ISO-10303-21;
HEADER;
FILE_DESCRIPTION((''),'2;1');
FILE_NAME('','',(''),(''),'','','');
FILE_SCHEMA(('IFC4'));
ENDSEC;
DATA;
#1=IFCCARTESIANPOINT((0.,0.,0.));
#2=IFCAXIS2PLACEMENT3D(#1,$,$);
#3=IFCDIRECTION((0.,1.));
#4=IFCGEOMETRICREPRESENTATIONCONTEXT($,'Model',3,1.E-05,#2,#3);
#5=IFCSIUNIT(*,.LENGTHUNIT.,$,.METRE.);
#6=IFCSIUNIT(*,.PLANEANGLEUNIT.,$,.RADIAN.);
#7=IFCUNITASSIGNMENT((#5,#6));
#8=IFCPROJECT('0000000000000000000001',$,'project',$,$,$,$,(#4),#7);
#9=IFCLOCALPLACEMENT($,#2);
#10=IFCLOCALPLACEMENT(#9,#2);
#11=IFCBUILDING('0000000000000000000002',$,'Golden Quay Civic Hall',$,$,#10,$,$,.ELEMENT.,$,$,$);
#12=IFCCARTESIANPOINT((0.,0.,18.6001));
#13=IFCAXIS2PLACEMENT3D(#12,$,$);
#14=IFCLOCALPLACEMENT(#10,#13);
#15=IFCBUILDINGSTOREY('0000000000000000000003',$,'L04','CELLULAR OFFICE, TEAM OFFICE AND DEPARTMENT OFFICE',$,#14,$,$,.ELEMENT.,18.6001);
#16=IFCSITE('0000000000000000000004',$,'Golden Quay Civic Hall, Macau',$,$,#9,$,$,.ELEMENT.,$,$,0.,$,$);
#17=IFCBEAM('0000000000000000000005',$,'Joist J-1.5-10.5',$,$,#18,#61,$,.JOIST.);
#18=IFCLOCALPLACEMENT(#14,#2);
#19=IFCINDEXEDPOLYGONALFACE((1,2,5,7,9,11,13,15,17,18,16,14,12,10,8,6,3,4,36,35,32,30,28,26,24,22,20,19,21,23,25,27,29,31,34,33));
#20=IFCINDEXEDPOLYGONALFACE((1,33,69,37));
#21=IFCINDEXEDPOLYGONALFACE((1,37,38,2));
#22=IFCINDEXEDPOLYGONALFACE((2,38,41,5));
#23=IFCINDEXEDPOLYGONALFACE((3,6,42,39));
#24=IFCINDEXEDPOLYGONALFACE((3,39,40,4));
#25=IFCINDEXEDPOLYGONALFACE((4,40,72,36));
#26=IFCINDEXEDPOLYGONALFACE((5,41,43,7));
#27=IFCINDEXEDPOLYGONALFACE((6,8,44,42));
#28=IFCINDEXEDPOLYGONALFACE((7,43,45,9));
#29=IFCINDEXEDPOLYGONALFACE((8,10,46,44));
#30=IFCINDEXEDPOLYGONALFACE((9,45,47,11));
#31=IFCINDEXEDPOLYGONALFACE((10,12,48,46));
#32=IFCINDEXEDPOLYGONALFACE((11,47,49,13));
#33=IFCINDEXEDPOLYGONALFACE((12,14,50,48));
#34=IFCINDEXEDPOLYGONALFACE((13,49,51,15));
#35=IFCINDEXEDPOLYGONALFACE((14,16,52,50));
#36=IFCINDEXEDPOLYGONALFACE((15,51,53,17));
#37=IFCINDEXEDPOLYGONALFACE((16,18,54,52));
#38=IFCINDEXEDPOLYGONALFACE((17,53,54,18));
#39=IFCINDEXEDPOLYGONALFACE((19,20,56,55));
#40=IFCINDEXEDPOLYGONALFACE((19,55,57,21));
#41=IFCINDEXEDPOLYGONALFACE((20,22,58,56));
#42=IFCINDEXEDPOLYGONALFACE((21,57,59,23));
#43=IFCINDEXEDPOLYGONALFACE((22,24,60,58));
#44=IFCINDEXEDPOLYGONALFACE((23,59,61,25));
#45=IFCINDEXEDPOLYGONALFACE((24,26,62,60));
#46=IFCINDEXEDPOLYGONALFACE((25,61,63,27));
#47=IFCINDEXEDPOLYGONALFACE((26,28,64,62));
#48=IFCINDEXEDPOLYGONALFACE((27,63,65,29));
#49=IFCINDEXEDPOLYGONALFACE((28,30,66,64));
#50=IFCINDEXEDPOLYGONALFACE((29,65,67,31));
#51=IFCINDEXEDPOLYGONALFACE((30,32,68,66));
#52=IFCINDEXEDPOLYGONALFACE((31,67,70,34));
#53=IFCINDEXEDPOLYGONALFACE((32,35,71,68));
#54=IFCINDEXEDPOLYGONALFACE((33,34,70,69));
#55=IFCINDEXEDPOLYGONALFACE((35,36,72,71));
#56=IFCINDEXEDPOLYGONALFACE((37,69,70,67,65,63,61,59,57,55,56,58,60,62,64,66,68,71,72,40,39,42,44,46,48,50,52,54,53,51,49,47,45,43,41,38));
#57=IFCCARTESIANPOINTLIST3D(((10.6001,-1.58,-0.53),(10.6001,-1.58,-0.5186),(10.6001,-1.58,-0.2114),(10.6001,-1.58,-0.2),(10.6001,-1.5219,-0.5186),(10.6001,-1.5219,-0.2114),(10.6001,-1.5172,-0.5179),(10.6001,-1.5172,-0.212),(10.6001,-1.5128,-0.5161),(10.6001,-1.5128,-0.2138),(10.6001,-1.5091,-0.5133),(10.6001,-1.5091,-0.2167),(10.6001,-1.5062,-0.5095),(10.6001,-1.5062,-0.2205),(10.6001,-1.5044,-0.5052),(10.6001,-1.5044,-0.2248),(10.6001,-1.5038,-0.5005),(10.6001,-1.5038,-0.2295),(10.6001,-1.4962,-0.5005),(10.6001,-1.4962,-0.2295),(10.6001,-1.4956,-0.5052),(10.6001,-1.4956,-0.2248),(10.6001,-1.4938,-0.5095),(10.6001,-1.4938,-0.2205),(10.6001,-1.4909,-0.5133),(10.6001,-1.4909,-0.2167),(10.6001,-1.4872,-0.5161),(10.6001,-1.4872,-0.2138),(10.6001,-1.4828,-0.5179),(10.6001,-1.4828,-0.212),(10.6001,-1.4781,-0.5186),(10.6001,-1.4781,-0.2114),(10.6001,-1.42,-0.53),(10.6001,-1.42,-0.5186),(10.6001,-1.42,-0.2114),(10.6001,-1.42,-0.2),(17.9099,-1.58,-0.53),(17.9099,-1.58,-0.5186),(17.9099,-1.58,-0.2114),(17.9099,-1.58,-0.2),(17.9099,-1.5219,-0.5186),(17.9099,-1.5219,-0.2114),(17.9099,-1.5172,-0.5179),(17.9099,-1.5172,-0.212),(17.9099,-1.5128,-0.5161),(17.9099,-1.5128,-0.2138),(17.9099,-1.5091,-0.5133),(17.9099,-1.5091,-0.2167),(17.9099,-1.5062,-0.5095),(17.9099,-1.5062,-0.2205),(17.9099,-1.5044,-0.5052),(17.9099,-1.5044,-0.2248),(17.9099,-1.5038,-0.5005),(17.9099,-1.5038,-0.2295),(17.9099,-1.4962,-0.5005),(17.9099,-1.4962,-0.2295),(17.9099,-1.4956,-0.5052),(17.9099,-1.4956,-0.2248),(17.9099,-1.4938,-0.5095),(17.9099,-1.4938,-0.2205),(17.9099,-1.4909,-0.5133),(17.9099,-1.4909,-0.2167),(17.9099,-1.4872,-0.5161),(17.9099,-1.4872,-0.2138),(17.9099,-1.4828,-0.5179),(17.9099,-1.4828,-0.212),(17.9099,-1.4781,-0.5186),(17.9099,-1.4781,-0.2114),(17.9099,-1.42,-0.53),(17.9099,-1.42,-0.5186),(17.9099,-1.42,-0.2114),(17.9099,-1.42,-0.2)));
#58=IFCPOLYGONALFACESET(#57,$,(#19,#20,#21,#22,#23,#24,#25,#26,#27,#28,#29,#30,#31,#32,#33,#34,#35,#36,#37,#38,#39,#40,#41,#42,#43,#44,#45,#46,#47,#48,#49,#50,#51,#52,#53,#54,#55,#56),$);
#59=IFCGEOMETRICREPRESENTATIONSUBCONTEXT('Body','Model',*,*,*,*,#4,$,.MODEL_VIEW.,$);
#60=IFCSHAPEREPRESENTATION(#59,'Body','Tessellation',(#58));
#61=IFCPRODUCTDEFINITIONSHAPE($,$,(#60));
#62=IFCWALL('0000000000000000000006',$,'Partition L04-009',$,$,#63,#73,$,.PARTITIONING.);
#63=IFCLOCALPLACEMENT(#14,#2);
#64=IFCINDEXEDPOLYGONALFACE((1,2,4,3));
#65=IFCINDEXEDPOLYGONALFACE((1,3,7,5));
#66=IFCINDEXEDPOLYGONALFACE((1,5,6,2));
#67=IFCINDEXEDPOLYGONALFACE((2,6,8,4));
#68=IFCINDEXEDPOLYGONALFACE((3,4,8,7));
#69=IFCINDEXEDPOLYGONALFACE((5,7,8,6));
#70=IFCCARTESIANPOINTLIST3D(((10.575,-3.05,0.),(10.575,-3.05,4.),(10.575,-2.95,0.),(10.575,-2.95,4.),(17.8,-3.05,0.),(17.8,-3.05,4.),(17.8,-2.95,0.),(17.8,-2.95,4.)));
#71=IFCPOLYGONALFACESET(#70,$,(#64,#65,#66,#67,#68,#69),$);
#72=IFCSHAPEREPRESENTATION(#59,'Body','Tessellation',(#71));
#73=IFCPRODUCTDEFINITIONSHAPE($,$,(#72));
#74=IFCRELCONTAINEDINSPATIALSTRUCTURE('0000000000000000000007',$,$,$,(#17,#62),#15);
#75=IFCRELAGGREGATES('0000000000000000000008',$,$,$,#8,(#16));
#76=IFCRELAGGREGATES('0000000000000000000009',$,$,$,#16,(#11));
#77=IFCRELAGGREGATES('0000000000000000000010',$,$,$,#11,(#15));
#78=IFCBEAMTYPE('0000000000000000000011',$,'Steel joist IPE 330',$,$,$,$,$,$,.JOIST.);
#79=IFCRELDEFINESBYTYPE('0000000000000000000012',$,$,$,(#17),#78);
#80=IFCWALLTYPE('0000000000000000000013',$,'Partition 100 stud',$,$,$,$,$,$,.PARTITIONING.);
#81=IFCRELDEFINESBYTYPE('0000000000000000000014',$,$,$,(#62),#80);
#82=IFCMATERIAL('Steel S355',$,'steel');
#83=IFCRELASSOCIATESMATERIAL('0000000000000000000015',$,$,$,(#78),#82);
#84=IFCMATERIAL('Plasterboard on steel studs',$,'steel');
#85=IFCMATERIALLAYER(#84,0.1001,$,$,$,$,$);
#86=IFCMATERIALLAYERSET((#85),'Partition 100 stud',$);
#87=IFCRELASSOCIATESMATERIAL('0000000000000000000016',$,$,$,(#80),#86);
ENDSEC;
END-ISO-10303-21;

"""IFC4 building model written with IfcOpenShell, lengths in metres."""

from ifc_helpers import new_model, si_unit, direction, frame, frame_2d, origin, origin_2d, place, context, subcontext, project, spatial, rectangle, i_section, extrude, material, layer, layer_set, material_profile, profile_set, type_object, element, save


model = new_model("IFC4")

# Units and contexts
model_context = context("Model", 3, precision=1e-05, world=origin(), true_north=direction((0.0, 1.0)))
body_context = subcontext(model_context, "Body", "Model", "MODEL_VIEW")
ifc_project = project(units=[si_unit("LENGTHUNIT", "METRE"), si_unit("PLANEANGLEUNIT", "RADIAN")], contexts=[model_context])

# Site, building, storey
site_placement = place(None, origin())
site = spatial("IfcSite", under=ifc_project, at=site_placement, Name="Golden Quay Civic Hall, Macau", CompositionType="ELEMENT", RefElevation=0.0)
building_placement = place(site_placement, origin())
building = spatial("IfcBuilding", under=site, at=building_placement, Name="Golden Quay Civic Hall", CompositionType="ELEMENT")
storey_placement = place(building_placement, frame((0.0, 0.0, 18.6001)))
storey = spatial("IfcBuildingStorey", under=building, at=storey_placement, Name="L04", Description="CELLULAR OFFICE, TEAM OFFICE AND DEPARTMENT OFFICE", CompositionType="ELEMENT", Elevation=18.6001)

# Beam
ifc_material_1 = material(Name="Steel S355", Category="steel")
ifc_material_profile_1 = material_profile(ifc_material_1, i_section(OverallWidth=0.1599, OverallDepth=0.3301, WebThickness=0.0076, FlangeThickness=0.0115, FilletRadius=0.0181, at=origin_2d()), Name="IPE 330")
ifc_profile_set_1 = profile_set([ifc_material_profile_1], Name="Steel S355")
beam_type_1 = type_object("IfcBeamType", Name="Steel joist IPE 330", PredefinedType="JOIST", material=ifc_profile_set_1)
for number, where, z_axis, x_axis, name in (
    (1, (10.6001, -1.5, -0.365), (1.0, 0.0, 0.0), (0.0, 1.0, 0.0), "Joist J-1.5-10.5"),
):
    element("IfcBeam", number, at=place(storey_placement, frame(where, z_axis=z_axis, x_axis=x_axis)), inside=storey, type_object=beam_type_1, Name=name, PredefinedType="JOIST", context=body_context, shape_type="SweptSolid", body=[
        extrude(i_section(OverallWidth=0.1599, OverallDepth=0.3301, WebThickness=0.0076, FlangeThickness=0.0115, FilletRadius=0.0181, at=origin_2d()), origin(), (0.0, 0.0, 1.0), 7.3098),
    ])

# Wall
ifc_material_2 = material(Name="Plasterboard on steel studs", Category="steel")
ifc_layer = layer(ifc_material_2, 0.1001)
ifc_layer_set = layer_set([ifc_layer], Name="Partition 100 stud")
wall_type = type_object("IfcWallType", Name="Partition 100 stud", PredefinedType="PARTITIONING", material=ifc_layer_set)
wall_placement = place(storey_placement, frame((10.575, -3.0, 0.0), z_axis=(0.0, 0.0, 1.0), x_axis=(1.0, 0.0, 0.0)))
element("IfcWall", 2, at=wall_placement, inside=storey, type_object=wall_type, Name="Partition L04-009", PredefinedType="PARTITIONING", context=body_context, shape_type="SweptSolid", body=[
    extrude(rectangle(XDim=7.2251, YDim=0.1001, at=frame_2d((3.6125, 0.0))), origin(), (0.0, 0.0, 1.0), 4.0),
])

save(model, "model.ifc")
